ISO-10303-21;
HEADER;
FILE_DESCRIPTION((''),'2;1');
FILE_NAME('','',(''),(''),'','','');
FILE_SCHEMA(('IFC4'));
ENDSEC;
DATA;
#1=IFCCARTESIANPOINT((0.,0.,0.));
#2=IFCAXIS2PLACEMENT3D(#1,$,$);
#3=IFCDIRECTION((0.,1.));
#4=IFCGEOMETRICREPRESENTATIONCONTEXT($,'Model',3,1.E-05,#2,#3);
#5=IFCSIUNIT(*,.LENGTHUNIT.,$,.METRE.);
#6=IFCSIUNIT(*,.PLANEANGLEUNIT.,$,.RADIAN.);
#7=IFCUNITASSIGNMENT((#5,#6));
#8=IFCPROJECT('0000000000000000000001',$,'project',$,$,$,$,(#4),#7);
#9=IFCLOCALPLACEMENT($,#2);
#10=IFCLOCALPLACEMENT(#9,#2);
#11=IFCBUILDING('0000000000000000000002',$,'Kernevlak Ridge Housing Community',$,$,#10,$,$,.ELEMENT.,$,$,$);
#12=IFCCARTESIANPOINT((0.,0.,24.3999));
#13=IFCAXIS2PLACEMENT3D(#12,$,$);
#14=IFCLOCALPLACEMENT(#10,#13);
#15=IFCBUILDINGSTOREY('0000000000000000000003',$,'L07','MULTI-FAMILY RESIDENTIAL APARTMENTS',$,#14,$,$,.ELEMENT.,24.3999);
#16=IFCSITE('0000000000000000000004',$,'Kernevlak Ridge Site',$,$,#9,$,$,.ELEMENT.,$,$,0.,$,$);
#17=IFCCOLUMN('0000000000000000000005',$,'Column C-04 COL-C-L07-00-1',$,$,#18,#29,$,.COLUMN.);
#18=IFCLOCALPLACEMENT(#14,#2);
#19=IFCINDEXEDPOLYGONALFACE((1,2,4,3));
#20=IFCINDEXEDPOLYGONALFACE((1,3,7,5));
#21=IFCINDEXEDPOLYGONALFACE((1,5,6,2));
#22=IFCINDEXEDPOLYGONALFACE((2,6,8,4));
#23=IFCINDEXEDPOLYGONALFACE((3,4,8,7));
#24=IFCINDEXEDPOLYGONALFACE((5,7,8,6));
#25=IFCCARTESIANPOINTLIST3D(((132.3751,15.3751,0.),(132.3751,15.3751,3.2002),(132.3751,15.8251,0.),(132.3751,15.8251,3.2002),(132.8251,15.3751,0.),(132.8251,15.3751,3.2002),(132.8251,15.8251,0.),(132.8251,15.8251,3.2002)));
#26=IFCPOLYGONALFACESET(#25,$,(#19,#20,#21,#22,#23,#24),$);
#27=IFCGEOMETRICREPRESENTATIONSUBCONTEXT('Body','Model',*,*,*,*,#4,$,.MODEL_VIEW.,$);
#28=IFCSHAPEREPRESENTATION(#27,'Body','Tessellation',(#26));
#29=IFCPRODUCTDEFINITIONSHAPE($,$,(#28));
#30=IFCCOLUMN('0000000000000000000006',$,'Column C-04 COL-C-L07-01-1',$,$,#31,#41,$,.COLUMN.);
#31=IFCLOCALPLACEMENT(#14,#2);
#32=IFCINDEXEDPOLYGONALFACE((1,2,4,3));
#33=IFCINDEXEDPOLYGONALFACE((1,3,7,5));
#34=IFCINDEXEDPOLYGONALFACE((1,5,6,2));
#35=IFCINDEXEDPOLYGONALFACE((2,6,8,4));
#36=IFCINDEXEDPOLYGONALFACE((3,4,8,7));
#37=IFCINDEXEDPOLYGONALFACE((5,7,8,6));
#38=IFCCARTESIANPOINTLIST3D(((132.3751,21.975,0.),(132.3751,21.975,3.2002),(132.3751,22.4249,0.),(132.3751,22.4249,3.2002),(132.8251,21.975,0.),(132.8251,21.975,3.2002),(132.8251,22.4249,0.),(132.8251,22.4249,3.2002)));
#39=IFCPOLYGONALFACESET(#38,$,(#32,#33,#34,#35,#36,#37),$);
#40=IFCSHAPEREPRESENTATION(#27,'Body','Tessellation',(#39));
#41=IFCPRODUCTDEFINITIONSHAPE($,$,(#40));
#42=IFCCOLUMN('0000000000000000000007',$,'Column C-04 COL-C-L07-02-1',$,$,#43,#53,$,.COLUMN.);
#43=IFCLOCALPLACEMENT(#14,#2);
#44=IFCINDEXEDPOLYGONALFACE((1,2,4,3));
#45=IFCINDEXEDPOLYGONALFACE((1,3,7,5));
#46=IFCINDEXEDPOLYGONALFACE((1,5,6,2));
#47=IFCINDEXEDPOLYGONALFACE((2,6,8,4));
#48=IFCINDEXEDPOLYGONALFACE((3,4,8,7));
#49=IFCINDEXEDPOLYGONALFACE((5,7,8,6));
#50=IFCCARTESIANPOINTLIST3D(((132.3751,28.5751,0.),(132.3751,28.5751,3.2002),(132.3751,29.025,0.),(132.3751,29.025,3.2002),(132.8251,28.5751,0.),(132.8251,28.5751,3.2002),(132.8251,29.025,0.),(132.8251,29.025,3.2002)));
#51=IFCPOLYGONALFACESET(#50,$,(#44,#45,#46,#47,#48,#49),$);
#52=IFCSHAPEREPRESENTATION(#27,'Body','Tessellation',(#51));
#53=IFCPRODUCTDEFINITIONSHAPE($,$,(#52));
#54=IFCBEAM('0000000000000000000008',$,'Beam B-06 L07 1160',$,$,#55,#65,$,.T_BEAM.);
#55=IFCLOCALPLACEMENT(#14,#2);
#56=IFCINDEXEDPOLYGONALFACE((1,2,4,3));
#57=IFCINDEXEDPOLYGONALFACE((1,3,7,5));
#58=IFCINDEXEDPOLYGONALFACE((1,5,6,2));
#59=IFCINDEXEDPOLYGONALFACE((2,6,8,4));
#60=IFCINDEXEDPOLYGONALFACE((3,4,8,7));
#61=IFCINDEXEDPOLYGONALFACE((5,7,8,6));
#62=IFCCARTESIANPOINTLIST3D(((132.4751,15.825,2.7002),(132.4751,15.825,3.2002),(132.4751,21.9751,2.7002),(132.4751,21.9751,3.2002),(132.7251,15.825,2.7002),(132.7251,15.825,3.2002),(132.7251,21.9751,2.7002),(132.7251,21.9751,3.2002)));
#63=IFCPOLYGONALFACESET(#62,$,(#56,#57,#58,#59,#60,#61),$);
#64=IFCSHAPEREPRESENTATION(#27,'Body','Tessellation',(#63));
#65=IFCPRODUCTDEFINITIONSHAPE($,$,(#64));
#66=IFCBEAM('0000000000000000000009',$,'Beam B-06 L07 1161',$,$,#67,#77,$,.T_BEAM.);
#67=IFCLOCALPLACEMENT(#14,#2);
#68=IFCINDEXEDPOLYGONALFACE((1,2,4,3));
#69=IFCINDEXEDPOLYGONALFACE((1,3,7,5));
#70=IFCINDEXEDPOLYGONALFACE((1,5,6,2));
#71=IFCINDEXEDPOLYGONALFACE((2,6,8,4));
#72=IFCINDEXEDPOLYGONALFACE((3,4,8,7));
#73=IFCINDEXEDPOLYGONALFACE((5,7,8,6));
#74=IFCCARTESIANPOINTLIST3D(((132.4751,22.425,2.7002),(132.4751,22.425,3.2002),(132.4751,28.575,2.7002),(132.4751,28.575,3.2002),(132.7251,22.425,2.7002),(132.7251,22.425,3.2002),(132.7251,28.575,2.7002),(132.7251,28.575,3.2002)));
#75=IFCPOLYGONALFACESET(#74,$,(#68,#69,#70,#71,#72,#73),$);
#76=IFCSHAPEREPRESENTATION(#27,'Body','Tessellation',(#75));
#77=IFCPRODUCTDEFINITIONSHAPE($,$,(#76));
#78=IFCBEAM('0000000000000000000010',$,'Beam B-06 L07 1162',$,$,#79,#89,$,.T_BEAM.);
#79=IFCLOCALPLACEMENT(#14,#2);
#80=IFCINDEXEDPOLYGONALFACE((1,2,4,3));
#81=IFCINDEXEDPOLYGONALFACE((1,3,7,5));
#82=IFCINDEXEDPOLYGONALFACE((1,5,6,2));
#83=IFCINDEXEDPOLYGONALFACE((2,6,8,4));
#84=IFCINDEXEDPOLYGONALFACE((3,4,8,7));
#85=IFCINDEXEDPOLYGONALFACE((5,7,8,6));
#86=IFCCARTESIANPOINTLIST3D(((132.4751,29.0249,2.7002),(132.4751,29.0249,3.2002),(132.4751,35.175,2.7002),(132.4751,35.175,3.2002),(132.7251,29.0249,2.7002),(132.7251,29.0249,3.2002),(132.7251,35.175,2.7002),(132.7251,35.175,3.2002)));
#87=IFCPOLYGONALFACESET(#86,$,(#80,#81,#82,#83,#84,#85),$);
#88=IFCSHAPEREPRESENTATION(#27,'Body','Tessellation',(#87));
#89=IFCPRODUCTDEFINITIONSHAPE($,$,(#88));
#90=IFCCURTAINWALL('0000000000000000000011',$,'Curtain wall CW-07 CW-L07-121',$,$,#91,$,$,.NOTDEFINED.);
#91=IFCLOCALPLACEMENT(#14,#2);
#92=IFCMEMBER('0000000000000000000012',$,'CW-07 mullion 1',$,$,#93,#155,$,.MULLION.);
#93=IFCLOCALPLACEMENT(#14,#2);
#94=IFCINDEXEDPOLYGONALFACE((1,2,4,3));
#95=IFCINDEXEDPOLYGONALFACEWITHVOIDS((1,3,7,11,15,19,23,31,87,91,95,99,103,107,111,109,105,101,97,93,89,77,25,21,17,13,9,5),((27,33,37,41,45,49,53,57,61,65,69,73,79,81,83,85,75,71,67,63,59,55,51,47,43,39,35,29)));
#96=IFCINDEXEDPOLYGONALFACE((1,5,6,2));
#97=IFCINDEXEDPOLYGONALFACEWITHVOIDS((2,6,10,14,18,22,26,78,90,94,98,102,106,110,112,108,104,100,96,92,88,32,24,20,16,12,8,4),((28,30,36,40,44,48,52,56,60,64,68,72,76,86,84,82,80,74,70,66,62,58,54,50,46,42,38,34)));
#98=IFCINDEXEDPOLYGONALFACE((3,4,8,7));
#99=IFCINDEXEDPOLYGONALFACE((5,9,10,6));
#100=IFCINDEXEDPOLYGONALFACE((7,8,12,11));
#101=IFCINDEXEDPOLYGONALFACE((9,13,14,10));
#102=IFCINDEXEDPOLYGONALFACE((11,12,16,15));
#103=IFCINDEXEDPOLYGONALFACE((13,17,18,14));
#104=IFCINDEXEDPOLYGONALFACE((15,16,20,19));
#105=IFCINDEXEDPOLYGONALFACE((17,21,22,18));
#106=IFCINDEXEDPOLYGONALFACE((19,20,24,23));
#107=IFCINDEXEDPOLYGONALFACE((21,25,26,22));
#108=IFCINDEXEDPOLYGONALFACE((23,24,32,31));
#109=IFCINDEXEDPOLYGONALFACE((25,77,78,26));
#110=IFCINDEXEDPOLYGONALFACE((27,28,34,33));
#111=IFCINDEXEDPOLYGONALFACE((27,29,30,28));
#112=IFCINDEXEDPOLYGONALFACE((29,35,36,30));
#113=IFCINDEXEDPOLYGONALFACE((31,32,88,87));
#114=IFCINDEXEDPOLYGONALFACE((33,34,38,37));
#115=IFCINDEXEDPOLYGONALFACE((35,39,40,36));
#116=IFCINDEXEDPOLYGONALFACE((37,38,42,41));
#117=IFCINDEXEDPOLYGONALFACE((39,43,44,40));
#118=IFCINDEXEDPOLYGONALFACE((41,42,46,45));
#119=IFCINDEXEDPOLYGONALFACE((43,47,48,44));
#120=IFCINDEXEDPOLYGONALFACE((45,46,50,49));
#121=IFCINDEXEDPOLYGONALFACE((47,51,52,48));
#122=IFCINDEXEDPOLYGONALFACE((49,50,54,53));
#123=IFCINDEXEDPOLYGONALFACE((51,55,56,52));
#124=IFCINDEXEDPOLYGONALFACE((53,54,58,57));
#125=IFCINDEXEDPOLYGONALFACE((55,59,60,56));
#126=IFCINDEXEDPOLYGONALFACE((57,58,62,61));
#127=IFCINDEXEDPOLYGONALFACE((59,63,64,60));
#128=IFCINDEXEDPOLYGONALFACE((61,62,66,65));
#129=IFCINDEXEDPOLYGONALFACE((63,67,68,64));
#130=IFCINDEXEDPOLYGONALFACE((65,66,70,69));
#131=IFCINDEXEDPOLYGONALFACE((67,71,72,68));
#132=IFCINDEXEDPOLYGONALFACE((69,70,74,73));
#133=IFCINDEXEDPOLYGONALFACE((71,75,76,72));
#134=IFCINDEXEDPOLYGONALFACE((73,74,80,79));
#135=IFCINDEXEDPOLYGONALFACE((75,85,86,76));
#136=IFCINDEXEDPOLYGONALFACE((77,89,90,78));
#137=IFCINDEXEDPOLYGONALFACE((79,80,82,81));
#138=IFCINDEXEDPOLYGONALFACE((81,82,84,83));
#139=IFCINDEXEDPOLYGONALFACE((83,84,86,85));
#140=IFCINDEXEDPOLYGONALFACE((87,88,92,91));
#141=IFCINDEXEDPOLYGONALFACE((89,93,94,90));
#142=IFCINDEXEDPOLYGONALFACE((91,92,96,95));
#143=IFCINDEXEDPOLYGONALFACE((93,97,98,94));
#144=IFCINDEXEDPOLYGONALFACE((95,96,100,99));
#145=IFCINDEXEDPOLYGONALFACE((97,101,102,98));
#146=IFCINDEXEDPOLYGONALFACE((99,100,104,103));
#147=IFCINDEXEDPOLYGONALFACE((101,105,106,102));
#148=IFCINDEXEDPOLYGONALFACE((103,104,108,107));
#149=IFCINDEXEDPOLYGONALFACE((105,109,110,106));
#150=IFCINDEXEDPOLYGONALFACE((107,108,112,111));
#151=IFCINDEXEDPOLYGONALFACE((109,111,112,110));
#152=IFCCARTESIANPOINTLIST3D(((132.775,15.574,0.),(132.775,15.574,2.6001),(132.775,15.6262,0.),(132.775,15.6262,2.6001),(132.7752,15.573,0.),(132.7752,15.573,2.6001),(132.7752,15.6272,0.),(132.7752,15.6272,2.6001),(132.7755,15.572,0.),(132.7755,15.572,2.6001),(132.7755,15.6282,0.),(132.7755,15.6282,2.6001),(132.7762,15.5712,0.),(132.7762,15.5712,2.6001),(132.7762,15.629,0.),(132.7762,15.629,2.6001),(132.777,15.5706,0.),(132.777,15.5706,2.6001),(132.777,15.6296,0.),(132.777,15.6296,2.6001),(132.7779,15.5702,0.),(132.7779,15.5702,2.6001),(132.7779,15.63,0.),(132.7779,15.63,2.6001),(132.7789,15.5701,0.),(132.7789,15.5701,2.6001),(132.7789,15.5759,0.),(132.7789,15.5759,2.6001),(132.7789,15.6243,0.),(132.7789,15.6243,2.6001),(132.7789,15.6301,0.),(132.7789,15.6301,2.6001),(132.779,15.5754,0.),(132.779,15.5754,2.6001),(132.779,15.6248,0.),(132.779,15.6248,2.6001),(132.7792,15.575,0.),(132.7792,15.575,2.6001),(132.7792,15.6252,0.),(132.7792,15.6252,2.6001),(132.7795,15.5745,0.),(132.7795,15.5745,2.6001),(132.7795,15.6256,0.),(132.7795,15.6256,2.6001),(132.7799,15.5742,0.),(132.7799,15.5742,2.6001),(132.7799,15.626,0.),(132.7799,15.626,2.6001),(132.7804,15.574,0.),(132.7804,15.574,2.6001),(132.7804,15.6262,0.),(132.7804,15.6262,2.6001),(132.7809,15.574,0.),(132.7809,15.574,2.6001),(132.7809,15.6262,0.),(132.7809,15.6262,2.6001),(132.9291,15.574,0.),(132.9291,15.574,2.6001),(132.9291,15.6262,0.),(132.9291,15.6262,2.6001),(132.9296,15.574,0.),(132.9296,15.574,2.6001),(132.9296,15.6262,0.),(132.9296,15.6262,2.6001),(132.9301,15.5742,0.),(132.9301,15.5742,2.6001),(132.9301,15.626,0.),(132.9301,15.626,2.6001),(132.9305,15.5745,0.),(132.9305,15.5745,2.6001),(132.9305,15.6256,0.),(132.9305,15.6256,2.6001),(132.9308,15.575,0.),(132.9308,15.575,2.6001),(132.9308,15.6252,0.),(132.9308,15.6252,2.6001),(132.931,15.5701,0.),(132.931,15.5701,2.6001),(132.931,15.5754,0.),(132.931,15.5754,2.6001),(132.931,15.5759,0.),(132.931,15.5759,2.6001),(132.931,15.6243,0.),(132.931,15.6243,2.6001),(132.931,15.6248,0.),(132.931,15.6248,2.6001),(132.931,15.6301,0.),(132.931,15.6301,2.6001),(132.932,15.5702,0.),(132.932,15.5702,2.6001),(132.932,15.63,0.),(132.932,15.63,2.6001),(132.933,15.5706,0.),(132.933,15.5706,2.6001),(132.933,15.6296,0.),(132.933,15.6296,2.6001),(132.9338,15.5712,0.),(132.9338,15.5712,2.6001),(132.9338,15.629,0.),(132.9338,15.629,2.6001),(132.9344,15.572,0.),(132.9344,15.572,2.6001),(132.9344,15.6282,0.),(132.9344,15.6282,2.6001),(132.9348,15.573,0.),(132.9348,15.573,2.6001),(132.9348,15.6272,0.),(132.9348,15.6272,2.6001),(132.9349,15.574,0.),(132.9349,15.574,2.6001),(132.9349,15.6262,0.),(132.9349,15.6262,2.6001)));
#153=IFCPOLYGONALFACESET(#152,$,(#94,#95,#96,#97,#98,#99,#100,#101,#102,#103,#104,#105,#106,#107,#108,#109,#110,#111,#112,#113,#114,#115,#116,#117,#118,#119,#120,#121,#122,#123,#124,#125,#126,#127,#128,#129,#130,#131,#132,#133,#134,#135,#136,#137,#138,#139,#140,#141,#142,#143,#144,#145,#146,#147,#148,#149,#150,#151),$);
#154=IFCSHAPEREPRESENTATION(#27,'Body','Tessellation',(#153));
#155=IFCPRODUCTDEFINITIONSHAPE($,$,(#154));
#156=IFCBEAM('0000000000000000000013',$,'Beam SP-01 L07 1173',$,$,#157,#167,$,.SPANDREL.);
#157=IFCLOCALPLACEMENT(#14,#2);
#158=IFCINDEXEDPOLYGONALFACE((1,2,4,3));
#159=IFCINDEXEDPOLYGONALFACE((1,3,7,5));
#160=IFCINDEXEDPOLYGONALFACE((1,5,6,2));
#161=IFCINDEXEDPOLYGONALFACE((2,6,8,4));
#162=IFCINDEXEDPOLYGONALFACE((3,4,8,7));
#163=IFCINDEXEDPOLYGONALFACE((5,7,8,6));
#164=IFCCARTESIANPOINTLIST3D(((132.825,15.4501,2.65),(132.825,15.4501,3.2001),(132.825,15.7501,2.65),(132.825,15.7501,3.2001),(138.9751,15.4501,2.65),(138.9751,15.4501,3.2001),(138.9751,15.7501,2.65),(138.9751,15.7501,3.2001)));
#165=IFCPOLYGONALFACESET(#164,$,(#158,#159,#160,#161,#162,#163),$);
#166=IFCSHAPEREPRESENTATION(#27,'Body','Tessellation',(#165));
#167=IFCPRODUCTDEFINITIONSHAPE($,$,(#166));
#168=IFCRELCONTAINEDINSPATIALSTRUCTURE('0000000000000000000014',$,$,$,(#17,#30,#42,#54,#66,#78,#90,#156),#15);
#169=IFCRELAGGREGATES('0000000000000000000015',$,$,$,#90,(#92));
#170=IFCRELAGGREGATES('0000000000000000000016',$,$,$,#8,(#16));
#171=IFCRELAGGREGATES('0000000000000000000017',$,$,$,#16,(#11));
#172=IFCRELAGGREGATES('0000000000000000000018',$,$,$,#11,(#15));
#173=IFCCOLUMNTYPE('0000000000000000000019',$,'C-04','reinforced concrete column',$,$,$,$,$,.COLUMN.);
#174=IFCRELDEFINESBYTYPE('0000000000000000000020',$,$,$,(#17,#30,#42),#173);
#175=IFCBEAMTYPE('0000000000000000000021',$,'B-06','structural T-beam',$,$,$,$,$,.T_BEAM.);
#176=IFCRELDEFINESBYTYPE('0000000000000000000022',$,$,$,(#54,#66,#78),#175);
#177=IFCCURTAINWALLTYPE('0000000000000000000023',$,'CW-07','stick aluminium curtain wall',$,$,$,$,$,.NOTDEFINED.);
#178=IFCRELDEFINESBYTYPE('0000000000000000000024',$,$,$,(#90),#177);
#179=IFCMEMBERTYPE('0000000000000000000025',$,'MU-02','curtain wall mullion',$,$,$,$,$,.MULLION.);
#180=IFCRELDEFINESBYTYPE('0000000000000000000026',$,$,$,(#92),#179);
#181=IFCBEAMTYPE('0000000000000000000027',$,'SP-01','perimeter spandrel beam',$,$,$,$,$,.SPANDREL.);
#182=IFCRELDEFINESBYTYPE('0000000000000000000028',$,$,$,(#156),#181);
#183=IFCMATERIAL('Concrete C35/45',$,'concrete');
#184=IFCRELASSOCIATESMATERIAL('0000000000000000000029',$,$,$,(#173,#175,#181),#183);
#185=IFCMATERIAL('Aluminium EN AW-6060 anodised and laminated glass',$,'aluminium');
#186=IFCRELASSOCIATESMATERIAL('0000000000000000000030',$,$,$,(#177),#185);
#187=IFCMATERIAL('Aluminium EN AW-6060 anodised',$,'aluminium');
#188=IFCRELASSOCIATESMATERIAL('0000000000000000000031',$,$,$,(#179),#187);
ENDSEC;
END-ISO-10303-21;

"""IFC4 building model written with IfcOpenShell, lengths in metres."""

from ifc_helpers import new_model, si_unit, direction, frame, origin, origin_2d, place, context, subcontext, project, spatial, rectangle, hollow_rectangle, extrude, material, material_profile, profile_set, type_object, element, aggregate, save


model = new_model("IFC4")

# Units and contexts
model_context = context("Model", 3, precision=1e-05, world=origin(), true_north=direction((0.0, 1.0)))
body_context = subcontext(model_context, "Body", "Model", "MODEL_VIEW")
ifc_project = project(units=[si_unit("LENGTHUNIT", "METRE"), si_unit("PLANEANGLEUNIT", "RADIAN")], contexts=[model_context])

# Site, building, storey
site_placement = place(None, origin())
site = spatial("IfcSite", under=ifc_project, at=site_placement, Name="Kernevlak Ridge Site", CompositionType="ELEMENT", RefElevation=0.0)
building_placement = place(site_placement, origin())
building = spatial("IfcBuilding", under=site, at=building_placement, Name="Kernevlak Ridge Housing Community", CompositionType="ELEMENT")
storey_placement = place(building_placement, frame((0.0, 0.0, 24.3999)))
storey = spatial("IfcBuildingStorey", under=building, at=storey_placement, Name="L07", Description="MULTI-FAMILY RESIDENTIAL APARTMENTS", CompositionType="ELEMENT", Elevation=24.3999)

# Columns
ifc_material_1 = material(Name="Concrete C35/45", Category="concrete")
ifc_material_profile_1 = material_profile(ifc_material_1, rectangle(XDim=0.45, YDim=0.45, at=origin_2d()), Name="RC 450x450")
ifc_profile_set_1 = profile_set([ifc_material_profile_1], Name="Concrete C35/45")
column_type = type_object("IfcColumnType", Name="C-04", Description="reinforced concrete column", PredefinedType="COLUMN", material=ifc_profile_set_1)
for number, where, z_axis, x_axis, name in (
    (1, (132.6001, 15.6001, 0.0), (0.0, 0.0, 1.0), (1.0, 0.0, 0.0), "Column C-04 COL-C-L07-00-1"),
    (2, (132.6001, 22.2, 0.0), (0.0, 0.0, 1.0), (1.0, 0.0, 0.0), "Column C-04 COL-C-L07-01-1"),
    (3, (132.6001, 28.8, 0.0), (0.0, 0.0, 1.0), (1.0, 0.0, 0.0), "Column C-04 COL-C-L07-02-1"),
):
    element("IfcColumn", number, at=place(storey_placement, frame(where, z_axis=z_axis, x_axis=x_axis)), inside=storey, type_object=column_type, Name=name, PredefinedType="COLUMN", context=body_context, shape_type="SweptSolid", body=[
        extrude(rectangle(XDim=0.45, YDim=0.45, at=origin_2d()), origin(), (0.0, 0.0, 1.0), 3.2002),
    ])

# Beams
ifc_material_profile_2 = material_profile(ifc_material_1, rectangle(XDim=0.25, YDim=0.5, at=origin_2d()), Name="RC 250x500")
ifc_profile_set_2 = profile_set([ifc_material_profile_2], Name="Concrete C35/45")
beam_type_1 = type_object("IfcBeamType", Name="B-06", Description="structural T-beam", PredefinedType="T_BEAM", material=ifc_profile_set_2)
beam_1_placement = place(storey_placement, frame((132.6001, 15.825, 2.9502), z_axis=(0.0, 1.0, 0.0), x_axis=(-1.0, 0.0, 0.0)))
element("IfcBeam", 4, at=beam_1_placement, inside=storey, type_object=beam_type_1, Name="Beam B-06 L07 1160", PredefinedType="T_BEAM", context=body_context, shape_type="SweptSolid", body=[
    extrude(rectangle(XDim=0.25, YDim=0.5, at=origin_2d()), origin(), (0.0, 0.0, 1.0), 6.1501),
])
beam_2_placement = place(storey_placement, frame((132.6001, 22.425, 2.9502), z_axis=(0.0, 1.0, 0.0), x_axis=(-1.0, 0.0, 0.0)))
element("IfcBeam", 5, at=beam_2_placement, inside=storey, type_object=beam_type_1, Name="Beam B-06 L07 1161", PredefinedType="T_BEAM", context=body_context, shape_type="SweptSolid", body=[
    extrude(rectangle(XDim=0.25, YDim=0.5, at=origin_2d()), origin(), (0.0, 0.0, 1.0), 6.1499),
])
beam_3_placement = place(storey_placement, frame((132.6001, 29.0249, 2.9502), z_axis=(0.0, 1.0, 0.0), x_axis=(-1.0, 0.0, 0.0)))
element("IfcBeam", 6, at=beam_3_placement, inside=storey, type_object=beam_type_1, Name="Beam B-06 L07 1162", PredefinedType="T_BEAM", context=body_context, shape_type="SweptSolid", body=[
    extrude(rectangle(XDim=0.25, YDim=0.5, at=origin_2d()), origin(), (0.0, 0.0, 1.0), 6.1501),
])

# Curtain wall, member
ifc_material_2 = material(Name="Aluminium EN AW-6060 anodised and laminated glass", Category="aluminium")
curtain_wall_type = type_object("IfcCurtainWallType", Name="CW-07", Description="stick aluminium curtain wall", PredefinedType="NOTDEFINED", material=ifc_material_2)
curtain_wall_placement = place(storey_placement, origin())
curtain_wall = element("IfcCurtainWall", 7, at=curtain_wall_placement, inside=storey, type_object=curtain_wall_type, Name="Curtain wall CW-07 CW-L07-121", PredefinedType="NOTDEFINED")
ifc_material_3 = material(Name="Aluminium EN AW-6060 anodised", Category="aluminium")
ifc_material_profile_3 = material_profile(ifc_material_3, hollow_rectangle(XDim=0.0601, YDim=0.1599, WallThickness=0.0039, InnerFilletRadius=0.002, OuterFilletRadius=0.0039, at=origin_2d()), Name="ALU 60x160x4")
ifc_profile_set_3 = profile_set([ifc_material_profile_3], Name="Aluminium EN AW-6060 anodised")
member_type_1 = type_object("IfcMemberType", Name="MU-02", Description="curtain wall mullion", PredefinedType="MULLION", material=ifc_profile_set_3)
member_1_placement = place(storey_placement, frame((132.855, 15.6001, 0.0), z_axis=(0.0, 0.0, 1.0), x_axis=(0.0, 1.0, 0.0)))
member_1 = element("IfcMember", 8, at=member_1_placement, type_object=member_type_1, Name="CW-07 mullion 1", PredefinedType="MULLION", context=body_context, shape_type="SweptSolid", body=[
    extrude(hollow_rectangle(XDim=0.0601, YDim=0.1599, WallThickness=0.0039, InnerFilletRadius=0.002, OuterFilletRadius=0.0039, at=origin_2d()), origin(), (0.0, 0.0, 1.0), 2.6001),
])

# Beam
ifc_material_profile_4 = material_profile(ifc_material_1, rectangle(XDim=0.3, YDim=0.55, at=origin_2d()), Name="RC 300x550")
ifc_profile_set_4 = profile_set([ifc_material_profile_4], Name="Concrete C35/45")
beam_type_2 = type_object("IfcBeamType", Name="SP-01", Description="perimeter spandrel beam", PredefinedType="SPANDREL", material=ifc_profile_set_4)
beam_4_placement = place(storey_placement, frame((132.825, 15.6001, 2.925), z_axis=(1.0, 0.0, 0.0), x_axis=(0.0, 1.0, 0.0)))
element("IfcBeam", 9, at=beam_4_placement, inside=storey, type_object=beam_type_2, Name="Beam SP-01 L07 1173", PredefinedType="SPANDREL", context=body_context, shape_type="SweptSolid", body=[
    extrude(rectangle(XDim=0.3, YDim=0.55, at=origin_2d()), origin(), (0.0, 0.0, 1.0), 6.1501),
])

aggregate(curtain_wall, [member_1])

save(model, "model.ifc")
